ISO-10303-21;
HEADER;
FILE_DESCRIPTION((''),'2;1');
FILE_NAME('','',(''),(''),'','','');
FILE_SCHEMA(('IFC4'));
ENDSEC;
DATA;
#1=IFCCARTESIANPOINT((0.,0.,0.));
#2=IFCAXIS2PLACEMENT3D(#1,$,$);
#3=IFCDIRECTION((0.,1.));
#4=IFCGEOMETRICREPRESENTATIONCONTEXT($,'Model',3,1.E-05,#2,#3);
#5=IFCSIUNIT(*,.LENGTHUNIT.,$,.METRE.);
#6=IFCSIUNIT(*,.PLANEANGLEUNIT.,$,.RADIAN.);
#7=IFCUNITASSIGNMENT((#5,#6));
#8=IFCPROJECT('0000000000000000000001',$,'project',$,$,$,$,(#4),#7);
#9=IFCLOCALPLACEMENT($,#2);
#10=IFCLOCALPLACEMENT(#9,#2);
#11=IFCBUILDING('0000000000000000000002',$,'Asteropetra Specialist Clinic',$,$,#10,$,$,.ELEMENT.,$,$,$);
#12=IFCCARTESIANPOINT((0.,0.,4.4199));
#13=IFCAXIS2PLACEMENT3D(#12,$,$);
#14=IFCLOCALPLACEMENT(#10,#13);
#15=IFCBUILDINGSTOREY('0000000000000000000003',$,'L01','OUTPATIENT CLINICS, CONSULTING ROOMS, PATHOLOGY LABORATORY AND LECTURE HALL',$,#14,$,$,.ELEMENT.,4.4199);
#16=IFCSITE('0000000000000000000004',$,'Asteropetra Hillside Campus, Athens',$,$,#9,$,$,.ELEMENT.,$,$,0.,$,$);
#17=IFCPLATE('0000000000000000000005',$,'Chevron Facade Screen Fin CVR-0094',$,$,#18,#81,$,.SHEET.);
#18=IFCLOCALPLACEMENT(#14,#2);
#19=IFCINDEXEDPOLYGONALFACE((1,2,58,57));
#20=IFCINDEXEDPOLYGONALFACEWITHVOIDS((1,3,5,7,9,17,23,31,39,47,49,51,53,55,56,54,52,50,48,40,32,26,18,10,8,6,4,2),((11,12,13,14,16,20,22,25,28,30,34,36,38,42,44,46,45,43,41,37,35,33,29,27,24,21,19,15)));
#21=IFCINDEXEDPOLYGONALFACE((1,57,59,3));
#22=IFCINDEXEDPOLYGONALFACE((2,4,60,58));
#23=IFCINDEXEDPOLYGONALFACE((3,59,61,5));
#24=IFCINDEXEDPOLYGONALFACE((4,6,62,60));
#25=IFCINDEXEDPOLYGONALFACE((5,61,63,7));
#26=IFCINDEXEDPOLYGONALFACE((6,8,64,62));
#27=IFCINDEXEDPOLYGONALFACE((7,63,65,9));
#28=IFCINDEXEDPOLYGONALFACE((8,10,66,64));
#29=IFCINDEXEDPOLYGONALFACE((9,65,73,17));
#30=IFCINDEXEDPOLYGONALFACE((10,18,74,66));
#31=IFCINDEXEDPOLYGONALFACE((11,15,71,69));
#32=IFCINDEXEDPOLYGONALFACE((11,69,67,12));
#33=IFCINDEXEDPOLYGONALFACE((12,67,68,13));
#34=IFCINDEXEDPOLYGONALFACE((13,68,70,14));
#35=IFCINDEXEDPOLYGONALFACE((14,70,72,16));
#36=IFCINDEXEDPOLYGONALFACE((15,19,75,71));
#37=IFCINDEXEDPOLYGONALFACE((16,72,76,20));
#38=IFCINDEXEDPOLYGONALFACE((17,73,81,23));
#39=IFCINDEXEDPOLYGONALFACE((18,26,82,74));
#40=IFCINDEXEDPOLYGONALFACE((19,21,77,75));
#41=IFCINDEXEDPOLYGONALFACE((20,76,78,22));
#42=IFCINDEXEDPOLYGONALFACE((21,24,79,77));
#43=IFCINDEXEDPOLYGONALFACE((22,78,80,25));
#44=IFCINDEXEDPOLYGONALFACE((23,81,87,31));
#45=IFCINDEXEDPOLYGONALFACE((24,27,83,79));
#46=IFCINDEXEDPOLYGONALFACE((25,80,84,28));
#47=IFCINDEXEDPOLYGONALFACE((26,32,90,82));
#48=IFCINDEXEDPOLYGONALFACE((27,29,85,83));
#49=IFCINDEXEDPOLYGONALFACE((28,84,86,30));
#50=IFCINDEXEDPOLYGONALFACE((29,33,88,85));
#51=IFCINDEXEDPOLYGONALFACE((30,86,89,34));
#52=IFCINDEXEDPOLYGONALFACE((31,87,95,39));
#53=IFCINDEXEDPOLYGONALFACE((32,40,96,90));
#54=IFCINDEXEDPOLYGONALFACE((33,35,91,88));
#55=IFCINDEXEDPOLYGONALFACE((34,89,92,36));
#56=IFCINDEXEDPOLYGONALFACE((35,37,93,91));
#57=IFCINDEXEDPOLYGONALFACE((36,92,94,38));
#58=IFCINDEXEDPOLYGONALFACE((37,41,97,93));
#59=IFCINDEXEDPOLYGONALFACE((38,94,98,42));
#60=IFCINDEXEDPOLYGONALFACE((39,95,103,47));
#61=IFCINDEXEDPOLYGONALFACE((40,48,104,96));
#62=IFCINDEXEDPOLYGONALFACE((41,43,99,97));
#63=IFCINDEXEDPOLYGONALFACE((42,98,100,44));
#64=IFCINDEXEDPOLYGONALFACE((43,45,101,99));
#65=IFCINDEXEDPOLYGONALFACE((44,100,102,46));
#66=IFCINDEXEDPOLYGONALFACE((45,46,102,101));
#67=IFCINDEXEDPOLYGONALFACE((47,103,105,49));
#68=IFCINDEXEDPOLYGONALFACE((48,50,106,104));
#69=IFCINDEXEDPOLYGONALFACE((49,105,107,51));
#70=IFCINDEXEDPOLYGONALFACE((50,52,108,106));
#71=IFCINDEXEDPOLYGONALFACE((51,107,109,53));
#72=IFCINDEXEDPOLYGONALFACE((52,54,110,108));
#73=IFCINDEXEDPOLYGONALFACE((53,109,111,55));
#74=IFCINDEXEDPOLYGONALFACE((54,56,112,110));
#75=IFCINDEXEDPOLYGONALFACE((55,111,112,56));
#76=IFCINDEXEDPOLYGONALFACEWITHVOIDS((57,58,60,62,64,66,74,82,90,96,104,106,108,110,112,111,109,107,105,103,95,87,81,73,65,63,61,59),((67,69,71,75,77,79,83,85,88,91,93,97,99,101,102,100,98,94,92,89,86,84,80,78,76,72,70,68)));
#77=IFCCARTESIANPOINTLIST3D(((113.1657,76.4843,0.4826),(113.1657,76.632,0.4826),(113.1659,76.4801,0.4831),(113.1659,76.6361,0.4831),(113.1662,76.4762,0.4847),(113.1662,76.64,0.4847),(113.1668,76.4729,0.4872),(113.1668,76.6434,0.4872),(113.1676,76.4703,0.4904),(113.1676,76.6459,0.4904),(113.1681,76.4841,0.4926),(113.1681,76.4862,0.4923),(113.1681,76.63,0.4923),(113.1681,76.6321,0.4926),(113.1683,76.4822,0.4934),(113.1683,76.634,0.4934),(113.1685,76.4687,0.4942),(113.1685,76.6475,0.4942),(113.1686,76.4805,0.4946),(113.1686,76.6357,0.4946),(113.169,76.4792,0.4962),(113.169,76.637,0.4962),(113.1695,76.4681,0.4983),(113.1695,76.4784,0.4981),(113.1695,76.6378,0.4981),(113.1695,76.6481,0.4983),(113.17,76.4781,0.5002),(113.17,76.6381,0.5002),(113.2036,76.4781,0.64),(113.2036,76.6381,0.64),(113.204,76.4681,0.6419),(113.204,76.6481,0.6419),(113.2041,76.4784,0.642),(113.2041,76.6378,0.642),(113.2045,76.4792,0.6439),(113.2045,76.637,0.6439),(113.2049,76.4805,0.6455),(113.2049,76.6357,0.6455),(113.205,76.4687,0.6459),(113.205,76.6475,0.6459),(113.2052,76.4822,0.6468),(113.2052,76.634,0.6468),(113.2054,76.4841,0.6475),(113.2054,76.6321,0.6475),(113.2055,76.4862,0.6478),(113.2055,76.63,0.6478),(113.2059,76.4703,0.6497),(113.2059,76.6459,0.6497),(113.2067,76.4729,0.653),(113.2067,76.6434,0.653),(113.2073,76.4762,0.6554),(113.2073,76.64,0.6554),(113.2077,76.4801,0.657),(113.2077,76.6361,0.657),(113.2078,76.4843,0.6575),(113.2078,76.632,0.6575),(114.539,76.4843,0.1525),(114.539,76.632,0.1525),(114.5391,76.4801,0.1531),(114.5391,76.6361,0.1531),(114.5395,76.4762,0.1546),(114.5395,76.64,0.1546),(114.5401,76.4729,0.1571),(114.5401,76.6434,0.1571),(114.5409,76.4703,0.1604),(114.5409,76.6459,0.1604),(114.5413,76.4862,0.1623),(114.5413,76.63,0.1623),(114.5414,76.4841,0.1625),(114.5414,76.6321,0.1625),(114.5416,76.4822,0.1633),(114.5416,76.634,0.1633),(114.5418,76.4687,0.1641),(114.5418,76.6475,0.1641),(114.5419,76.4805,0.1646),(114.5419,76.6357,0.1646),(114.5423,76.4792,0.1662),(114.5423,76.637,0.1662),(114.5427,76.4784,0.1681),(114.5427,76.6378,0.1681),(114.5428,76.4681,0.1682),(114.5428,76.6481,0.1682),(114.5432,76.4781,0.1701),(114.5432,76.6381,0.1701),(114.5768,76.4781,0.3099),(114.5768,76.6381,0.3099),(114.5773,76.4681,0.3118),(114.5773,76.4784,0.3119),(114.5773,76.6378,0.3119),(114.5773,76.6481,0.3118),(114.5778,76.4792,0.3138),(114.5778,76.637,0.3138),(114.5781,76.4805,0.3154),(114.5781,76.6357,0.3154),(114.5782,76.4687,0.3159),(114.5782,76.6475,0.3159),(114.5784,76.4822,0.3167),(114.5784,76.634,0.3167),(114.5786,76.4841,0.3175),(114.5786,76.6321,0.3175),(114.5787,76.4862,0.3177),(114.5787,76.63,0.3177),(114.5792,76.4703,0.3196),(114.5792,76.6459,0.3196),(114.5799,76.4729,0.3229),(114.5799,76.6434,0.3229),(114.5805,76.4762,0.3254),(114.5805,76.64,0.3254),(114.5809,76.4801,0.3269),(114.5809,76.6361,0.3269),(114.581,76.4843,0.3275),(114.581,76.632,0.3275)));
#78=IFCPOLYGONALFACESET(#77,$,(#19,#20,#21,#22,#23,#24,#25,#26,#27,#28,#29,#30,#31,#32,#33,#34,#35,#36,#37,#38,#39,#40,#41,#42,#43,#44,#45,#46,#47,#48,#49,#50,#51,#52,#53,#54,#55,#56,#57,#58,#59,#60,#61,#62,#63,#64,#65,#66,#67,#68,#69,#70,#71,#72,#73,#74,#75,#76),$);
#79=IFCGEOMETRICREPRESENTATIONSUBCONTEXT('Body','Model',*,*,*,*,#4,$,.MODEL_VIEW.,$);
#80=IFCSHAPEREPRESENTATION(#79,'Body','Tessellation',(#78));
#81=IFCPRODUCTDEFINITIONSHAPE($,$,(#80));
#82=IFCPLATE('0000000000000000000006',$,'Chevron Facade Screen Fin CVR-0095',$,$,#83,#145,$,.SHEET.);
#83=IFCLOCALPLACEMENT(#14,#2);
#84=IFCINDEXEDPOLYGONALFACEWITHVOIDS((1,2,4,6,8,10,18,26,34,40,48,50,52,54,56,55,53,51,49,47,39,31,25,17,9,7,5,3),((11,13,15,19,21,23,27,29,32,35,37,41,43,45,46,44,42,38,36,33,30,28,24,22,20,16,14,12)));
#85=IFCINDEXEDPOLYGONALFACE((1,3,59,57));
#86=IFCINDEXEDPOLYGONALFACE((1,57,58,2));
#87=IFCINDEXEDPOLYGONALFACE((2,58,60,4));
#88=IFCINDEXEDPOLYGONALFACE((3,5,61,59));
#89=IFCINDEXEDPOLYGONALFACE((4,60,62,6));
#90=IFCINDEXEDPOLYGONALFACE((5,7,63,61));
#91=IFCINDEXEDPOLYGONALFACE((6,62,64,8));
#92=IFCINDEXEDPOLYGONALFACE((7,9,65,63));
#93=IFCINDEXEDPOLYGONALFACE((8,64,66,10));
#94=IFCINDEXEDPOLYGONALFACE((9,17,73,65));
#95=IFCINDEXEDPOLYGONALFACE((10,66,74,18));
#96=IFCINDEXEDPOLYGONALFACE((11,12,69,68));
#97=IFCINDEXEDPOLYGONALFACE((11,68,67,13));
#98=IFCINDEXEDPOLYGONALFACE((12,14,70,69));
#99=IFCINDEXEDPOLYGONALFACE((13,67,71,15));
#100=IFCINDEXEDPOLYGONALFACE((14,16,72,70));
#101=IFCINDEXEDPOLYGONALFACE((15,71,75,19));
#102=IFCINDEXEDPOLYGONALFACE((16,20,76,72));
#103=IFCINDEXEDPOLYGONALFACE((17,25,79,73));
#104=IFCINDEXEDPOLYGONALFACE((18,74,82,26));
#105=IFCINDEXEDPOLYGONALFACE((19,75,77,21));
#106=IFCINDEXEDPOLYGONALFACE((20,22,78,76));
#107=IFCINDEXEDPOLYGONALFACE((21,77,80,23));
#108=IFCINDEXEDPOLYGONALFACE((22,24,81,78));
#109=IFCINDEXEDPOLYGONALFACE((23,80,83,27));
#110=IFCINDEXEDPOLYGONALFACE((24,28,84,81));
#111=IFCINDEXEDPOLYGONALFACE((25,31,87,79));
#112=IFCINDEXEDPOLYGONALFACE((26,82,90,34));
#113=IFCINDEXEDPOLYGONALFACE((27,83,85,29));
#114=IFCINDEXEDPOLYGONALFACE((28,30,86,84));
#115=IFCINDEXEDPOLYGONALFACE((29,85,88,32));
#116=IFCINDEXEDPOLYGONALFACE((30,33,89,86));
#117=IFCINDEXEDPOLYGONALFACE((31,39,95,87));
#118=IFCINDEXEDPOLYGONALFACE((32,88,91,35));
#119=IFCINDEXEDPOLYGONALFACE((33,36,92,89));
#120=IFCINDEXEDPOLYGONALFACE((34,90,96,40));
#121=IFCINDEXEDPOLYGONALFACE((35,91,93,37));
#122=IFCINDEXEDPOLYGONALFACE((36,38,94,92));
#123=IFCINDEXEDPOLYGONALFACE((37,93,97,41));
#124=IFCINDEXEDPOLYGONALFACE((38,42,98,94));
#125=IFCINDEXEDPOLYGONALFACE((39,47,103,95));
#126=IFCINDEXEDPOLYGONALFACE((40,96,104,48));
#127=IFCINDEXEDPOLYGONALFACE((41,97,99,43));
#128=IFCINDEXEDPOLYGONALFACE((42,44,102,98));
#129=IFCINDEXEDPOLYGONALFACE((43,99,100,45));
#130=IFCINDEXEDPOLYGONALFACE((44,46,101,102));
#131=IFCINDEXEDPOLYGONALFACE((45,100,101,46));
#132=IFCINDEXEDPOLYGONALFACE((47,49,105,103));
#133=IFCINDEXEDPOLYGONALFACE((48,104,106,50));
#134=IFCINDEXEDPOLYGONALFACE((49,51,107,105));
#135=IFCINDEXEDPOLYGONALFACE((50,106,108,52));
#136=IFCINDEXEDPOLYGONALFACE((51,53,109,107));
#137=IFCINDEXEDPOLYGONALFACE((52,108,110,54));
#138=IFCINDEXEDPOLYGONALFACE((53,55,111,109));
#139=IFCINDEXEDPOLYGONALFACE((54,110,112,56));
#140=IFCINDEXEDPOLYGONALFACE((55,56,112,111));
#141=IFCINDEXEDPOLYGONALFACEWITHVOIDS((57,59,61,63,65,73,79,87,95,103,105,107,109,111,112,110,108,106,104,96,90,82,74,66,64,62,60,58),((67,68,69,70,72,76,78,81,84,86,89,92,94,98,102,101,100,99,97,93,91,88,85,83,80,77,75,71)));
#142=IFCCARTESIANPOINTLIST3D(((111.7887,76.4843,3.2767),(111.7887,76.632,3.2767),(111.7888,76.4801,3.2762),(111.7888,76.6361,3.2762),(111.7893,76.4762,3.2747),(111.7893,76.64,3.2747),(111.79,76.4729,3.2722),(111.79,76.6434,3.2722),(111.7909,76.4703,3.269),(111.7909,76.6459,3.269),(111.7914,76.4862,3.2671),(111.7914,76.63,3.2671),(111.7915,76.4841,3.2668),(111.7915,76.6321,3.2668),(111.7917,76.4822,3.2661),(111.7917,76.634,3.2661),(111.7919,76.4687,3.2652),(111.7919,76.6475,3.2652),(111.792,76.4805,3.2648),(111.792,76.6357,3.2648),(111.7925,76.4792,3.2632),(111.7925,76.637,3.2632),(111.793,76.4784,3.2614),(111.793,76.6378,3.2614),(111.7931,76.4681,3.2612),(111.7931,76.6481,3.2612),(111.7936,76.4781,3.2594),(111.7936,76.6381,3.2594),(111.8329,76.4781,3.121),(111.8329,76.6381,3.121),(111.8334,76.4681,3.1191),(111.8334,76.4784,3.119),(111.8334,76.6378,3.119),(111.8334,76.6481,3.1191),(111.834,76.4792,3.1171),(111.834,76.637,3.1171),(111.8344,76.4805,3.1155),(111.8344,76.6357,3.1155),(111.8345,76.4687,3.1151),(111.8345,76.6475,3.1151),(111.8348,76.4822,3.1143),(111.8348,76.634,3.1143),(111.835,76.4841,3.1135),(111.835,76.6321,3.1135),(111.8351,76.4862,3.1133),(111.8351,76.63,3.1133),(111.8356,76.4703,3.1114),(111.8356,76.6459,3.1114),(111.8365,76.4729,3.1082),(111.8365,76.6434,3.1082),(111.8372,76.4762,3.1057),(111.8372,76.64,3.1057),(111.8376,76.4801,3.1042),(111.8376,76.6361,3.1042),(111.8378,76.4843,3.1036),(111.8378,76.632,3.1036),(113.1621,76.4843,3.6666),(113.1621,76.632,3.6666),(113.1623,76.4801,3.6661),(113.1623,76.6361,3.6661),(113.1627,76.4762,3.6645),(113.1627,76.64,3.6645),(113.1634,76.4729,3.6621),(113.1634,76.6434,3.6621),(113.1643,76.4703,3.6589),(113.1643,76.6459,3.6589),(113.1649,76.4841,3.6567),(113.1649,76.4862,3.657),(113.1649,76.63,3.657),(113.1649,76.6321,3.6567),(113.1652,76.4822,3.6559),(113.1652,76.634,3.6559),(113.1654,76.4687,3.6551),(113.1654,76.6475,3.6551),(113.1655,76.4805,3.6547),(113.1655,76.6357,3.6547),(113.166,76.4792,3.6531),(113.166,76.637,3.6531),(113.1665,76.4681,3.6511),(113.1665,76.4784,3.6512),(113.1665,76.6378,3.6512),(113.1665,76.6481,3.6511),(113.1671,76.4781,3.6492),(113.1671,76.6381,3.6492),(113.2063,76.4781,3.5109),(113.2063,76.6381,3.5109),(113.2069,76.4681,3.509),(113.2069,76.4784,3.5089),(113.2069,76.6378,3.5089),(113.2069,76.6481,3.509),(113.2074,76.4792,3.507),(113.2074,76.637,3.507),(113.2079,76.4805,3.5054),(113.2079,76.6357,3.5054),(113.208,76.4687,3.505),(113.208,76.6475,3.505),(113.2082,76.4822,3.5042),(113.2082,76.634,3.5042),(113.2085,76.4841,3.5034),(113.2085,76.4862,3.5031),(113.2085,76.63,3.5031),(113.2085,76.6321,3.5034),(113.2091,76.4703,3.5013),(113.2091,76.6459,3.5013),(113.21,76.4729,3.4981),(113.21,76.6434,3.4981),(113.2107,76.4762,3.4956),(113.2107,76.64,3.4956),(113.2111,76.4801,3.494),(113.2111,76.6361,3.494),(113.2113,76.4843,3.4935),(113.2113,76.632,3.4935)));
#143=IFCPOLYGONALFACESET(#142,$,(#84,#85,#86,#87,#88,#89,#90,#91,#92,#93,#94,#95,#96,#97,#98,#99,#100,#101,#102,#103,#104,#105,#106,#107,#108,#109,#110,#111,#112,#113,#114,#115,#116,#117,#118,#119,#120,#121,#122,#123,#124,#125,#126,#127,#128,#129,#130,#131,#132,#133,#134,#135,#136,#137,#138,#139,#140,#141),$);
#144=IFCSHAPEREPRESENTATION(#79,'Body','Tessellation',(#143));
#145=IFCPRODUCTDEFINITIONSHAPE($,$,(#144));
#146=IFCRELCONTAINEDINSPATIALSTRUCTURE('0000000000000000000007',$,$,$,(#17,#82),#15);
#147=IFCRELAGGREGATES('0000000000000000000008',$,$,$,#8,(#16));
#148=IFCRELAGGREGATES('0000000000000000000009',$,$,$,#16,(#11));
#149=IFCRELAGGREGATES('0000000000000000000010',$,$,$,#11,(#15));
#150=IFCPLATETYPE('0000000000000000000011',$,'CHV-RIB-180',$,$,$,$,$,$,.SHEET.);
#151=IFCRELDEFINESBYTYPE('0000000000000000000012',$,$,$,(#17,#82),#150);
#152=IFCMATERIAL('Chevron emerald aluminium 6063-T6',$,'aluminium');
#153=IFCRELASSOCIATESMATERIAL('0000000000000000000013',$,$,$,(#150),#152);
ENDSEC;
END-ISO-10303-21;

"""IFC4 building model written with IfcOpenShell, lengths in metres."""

from ifc_helpers import new_model, si_unit, direction, frame, origin, origin_2d, place, context, subcontext, project, spatial, hollow_rectangle, extrude, material, material_profile, profile_set, type_object, element, save


model = new_model("IFC4")

# Units and contexts
model_context = context("Model", 3, precision=1e-05, world=origin(), true_north=direction((0.0, 1.0)))
body_context = subcontext(model_context, "Body", "Model", "MODEL_VIEW")
ifc_project = project(units=[si_unit("LENGTHUNIT", "METRE"), si_unit("PLANEANGLEUNIT", "RADIAN")], contexts=[model_context])

# Site, building, storey
site_placement = place(None, origin())
site = spatial("IfcSite", under=ifc_project, at=site_placement, Name="Asteropetra Hillside Campus, Athens", CompositionType="ELEMENT", RefElevation=0.0)
building_placement = place(site_placement, origin())
building = spatial("IfcBuilding", under=site, at=building_placement, Name="Asteropetra Specialist Clinic", CompositionType="ELEMENT")
storey_placement = place(building_placement, frame((0.0, 0.0, 4.4199)))
storey = spatial("IfcBuildingStorey", under=building, at=storey_placement, Name="L01", Description="OUTPATIENT CLINICS, CONSULTING ROOMS, PATHOLOGY LABORATORY AND LECTURE HALL", CompositionType="ELEMENT", Elevation=4.4199)

# Plates
ifc_material_1 = material(Name="Chevron emerald aluminium 6063-T6", Category="aluminium")
ifc_material_profile_1 = material_profile(ifc_material_1, hollow_rectangle(XDim=0.1799, YDim=0.1799, WallThickness=0.01, InnerFilletRadius=0.0081, OuterFilletRadius=0.0161, at=origin_2d()), Name="SHS 180x180x10.0")
ifc_profile_set_1 = profile_set([ifc_material_profile_1], Name="Chevron emerald aluminium 6063-T6")
plate_type_1 = type_object("IfcPlateType", Name="CHV-RIB-180", PredefinedType="SHEET", material=ifc_profile_set_1)
plate_1_placement = place(storey_placement, frame((113.1868, 76.5581, 0.5701), z_axis=(0.972309, 0.0, -0.2337), x_axis=(0.0, 1.0, 0.0)))
element("IfcPlate", 1, at=plate_1_placement, inside=storey, type_object=plate_type_1, Name="Chevron Facade Screen Fin CVR-0094", PredefinedType="SHEET", context=body_context, shape_type="SweptSolid", body=[
    extrude(hollow_rectangle(XDim=0.1799, YDim=0.1799, WallThickness=0.01, InnerFilletRadius=0.0081, OuterFilletRadius=0.0161, at=origin_2d()), origin(), (0.0, 0.0, 1.0), 1.4124),
])
plate_2_placement = place(storey_placement, frame((111.8132, 76.5581, 3.1902), z_axis=(0.961994, 0.0, 0.273072), x_axis=(0.0, 1.0, 0.0)))
element("IfcPlate", 2, at=plate_2_placement, inside=storey, type_object=plate_type_1, Name="Chevron Facade Screen Fin CVR-0095", PredefinedType="SHEET", context=body_context, shape_type="SweptSolid", body=[
    extrude(hollow_rectangle(XDim=0.1799, YDim=0.1799, WallThickness=0.01, InnerFilletRadius=0.0081, OuterFilletRadius=0.0161, at=origin_2d()), origin(), (0.0, 0.0, 1.0), 1.4277),
])

save(model, "model.ifc")
